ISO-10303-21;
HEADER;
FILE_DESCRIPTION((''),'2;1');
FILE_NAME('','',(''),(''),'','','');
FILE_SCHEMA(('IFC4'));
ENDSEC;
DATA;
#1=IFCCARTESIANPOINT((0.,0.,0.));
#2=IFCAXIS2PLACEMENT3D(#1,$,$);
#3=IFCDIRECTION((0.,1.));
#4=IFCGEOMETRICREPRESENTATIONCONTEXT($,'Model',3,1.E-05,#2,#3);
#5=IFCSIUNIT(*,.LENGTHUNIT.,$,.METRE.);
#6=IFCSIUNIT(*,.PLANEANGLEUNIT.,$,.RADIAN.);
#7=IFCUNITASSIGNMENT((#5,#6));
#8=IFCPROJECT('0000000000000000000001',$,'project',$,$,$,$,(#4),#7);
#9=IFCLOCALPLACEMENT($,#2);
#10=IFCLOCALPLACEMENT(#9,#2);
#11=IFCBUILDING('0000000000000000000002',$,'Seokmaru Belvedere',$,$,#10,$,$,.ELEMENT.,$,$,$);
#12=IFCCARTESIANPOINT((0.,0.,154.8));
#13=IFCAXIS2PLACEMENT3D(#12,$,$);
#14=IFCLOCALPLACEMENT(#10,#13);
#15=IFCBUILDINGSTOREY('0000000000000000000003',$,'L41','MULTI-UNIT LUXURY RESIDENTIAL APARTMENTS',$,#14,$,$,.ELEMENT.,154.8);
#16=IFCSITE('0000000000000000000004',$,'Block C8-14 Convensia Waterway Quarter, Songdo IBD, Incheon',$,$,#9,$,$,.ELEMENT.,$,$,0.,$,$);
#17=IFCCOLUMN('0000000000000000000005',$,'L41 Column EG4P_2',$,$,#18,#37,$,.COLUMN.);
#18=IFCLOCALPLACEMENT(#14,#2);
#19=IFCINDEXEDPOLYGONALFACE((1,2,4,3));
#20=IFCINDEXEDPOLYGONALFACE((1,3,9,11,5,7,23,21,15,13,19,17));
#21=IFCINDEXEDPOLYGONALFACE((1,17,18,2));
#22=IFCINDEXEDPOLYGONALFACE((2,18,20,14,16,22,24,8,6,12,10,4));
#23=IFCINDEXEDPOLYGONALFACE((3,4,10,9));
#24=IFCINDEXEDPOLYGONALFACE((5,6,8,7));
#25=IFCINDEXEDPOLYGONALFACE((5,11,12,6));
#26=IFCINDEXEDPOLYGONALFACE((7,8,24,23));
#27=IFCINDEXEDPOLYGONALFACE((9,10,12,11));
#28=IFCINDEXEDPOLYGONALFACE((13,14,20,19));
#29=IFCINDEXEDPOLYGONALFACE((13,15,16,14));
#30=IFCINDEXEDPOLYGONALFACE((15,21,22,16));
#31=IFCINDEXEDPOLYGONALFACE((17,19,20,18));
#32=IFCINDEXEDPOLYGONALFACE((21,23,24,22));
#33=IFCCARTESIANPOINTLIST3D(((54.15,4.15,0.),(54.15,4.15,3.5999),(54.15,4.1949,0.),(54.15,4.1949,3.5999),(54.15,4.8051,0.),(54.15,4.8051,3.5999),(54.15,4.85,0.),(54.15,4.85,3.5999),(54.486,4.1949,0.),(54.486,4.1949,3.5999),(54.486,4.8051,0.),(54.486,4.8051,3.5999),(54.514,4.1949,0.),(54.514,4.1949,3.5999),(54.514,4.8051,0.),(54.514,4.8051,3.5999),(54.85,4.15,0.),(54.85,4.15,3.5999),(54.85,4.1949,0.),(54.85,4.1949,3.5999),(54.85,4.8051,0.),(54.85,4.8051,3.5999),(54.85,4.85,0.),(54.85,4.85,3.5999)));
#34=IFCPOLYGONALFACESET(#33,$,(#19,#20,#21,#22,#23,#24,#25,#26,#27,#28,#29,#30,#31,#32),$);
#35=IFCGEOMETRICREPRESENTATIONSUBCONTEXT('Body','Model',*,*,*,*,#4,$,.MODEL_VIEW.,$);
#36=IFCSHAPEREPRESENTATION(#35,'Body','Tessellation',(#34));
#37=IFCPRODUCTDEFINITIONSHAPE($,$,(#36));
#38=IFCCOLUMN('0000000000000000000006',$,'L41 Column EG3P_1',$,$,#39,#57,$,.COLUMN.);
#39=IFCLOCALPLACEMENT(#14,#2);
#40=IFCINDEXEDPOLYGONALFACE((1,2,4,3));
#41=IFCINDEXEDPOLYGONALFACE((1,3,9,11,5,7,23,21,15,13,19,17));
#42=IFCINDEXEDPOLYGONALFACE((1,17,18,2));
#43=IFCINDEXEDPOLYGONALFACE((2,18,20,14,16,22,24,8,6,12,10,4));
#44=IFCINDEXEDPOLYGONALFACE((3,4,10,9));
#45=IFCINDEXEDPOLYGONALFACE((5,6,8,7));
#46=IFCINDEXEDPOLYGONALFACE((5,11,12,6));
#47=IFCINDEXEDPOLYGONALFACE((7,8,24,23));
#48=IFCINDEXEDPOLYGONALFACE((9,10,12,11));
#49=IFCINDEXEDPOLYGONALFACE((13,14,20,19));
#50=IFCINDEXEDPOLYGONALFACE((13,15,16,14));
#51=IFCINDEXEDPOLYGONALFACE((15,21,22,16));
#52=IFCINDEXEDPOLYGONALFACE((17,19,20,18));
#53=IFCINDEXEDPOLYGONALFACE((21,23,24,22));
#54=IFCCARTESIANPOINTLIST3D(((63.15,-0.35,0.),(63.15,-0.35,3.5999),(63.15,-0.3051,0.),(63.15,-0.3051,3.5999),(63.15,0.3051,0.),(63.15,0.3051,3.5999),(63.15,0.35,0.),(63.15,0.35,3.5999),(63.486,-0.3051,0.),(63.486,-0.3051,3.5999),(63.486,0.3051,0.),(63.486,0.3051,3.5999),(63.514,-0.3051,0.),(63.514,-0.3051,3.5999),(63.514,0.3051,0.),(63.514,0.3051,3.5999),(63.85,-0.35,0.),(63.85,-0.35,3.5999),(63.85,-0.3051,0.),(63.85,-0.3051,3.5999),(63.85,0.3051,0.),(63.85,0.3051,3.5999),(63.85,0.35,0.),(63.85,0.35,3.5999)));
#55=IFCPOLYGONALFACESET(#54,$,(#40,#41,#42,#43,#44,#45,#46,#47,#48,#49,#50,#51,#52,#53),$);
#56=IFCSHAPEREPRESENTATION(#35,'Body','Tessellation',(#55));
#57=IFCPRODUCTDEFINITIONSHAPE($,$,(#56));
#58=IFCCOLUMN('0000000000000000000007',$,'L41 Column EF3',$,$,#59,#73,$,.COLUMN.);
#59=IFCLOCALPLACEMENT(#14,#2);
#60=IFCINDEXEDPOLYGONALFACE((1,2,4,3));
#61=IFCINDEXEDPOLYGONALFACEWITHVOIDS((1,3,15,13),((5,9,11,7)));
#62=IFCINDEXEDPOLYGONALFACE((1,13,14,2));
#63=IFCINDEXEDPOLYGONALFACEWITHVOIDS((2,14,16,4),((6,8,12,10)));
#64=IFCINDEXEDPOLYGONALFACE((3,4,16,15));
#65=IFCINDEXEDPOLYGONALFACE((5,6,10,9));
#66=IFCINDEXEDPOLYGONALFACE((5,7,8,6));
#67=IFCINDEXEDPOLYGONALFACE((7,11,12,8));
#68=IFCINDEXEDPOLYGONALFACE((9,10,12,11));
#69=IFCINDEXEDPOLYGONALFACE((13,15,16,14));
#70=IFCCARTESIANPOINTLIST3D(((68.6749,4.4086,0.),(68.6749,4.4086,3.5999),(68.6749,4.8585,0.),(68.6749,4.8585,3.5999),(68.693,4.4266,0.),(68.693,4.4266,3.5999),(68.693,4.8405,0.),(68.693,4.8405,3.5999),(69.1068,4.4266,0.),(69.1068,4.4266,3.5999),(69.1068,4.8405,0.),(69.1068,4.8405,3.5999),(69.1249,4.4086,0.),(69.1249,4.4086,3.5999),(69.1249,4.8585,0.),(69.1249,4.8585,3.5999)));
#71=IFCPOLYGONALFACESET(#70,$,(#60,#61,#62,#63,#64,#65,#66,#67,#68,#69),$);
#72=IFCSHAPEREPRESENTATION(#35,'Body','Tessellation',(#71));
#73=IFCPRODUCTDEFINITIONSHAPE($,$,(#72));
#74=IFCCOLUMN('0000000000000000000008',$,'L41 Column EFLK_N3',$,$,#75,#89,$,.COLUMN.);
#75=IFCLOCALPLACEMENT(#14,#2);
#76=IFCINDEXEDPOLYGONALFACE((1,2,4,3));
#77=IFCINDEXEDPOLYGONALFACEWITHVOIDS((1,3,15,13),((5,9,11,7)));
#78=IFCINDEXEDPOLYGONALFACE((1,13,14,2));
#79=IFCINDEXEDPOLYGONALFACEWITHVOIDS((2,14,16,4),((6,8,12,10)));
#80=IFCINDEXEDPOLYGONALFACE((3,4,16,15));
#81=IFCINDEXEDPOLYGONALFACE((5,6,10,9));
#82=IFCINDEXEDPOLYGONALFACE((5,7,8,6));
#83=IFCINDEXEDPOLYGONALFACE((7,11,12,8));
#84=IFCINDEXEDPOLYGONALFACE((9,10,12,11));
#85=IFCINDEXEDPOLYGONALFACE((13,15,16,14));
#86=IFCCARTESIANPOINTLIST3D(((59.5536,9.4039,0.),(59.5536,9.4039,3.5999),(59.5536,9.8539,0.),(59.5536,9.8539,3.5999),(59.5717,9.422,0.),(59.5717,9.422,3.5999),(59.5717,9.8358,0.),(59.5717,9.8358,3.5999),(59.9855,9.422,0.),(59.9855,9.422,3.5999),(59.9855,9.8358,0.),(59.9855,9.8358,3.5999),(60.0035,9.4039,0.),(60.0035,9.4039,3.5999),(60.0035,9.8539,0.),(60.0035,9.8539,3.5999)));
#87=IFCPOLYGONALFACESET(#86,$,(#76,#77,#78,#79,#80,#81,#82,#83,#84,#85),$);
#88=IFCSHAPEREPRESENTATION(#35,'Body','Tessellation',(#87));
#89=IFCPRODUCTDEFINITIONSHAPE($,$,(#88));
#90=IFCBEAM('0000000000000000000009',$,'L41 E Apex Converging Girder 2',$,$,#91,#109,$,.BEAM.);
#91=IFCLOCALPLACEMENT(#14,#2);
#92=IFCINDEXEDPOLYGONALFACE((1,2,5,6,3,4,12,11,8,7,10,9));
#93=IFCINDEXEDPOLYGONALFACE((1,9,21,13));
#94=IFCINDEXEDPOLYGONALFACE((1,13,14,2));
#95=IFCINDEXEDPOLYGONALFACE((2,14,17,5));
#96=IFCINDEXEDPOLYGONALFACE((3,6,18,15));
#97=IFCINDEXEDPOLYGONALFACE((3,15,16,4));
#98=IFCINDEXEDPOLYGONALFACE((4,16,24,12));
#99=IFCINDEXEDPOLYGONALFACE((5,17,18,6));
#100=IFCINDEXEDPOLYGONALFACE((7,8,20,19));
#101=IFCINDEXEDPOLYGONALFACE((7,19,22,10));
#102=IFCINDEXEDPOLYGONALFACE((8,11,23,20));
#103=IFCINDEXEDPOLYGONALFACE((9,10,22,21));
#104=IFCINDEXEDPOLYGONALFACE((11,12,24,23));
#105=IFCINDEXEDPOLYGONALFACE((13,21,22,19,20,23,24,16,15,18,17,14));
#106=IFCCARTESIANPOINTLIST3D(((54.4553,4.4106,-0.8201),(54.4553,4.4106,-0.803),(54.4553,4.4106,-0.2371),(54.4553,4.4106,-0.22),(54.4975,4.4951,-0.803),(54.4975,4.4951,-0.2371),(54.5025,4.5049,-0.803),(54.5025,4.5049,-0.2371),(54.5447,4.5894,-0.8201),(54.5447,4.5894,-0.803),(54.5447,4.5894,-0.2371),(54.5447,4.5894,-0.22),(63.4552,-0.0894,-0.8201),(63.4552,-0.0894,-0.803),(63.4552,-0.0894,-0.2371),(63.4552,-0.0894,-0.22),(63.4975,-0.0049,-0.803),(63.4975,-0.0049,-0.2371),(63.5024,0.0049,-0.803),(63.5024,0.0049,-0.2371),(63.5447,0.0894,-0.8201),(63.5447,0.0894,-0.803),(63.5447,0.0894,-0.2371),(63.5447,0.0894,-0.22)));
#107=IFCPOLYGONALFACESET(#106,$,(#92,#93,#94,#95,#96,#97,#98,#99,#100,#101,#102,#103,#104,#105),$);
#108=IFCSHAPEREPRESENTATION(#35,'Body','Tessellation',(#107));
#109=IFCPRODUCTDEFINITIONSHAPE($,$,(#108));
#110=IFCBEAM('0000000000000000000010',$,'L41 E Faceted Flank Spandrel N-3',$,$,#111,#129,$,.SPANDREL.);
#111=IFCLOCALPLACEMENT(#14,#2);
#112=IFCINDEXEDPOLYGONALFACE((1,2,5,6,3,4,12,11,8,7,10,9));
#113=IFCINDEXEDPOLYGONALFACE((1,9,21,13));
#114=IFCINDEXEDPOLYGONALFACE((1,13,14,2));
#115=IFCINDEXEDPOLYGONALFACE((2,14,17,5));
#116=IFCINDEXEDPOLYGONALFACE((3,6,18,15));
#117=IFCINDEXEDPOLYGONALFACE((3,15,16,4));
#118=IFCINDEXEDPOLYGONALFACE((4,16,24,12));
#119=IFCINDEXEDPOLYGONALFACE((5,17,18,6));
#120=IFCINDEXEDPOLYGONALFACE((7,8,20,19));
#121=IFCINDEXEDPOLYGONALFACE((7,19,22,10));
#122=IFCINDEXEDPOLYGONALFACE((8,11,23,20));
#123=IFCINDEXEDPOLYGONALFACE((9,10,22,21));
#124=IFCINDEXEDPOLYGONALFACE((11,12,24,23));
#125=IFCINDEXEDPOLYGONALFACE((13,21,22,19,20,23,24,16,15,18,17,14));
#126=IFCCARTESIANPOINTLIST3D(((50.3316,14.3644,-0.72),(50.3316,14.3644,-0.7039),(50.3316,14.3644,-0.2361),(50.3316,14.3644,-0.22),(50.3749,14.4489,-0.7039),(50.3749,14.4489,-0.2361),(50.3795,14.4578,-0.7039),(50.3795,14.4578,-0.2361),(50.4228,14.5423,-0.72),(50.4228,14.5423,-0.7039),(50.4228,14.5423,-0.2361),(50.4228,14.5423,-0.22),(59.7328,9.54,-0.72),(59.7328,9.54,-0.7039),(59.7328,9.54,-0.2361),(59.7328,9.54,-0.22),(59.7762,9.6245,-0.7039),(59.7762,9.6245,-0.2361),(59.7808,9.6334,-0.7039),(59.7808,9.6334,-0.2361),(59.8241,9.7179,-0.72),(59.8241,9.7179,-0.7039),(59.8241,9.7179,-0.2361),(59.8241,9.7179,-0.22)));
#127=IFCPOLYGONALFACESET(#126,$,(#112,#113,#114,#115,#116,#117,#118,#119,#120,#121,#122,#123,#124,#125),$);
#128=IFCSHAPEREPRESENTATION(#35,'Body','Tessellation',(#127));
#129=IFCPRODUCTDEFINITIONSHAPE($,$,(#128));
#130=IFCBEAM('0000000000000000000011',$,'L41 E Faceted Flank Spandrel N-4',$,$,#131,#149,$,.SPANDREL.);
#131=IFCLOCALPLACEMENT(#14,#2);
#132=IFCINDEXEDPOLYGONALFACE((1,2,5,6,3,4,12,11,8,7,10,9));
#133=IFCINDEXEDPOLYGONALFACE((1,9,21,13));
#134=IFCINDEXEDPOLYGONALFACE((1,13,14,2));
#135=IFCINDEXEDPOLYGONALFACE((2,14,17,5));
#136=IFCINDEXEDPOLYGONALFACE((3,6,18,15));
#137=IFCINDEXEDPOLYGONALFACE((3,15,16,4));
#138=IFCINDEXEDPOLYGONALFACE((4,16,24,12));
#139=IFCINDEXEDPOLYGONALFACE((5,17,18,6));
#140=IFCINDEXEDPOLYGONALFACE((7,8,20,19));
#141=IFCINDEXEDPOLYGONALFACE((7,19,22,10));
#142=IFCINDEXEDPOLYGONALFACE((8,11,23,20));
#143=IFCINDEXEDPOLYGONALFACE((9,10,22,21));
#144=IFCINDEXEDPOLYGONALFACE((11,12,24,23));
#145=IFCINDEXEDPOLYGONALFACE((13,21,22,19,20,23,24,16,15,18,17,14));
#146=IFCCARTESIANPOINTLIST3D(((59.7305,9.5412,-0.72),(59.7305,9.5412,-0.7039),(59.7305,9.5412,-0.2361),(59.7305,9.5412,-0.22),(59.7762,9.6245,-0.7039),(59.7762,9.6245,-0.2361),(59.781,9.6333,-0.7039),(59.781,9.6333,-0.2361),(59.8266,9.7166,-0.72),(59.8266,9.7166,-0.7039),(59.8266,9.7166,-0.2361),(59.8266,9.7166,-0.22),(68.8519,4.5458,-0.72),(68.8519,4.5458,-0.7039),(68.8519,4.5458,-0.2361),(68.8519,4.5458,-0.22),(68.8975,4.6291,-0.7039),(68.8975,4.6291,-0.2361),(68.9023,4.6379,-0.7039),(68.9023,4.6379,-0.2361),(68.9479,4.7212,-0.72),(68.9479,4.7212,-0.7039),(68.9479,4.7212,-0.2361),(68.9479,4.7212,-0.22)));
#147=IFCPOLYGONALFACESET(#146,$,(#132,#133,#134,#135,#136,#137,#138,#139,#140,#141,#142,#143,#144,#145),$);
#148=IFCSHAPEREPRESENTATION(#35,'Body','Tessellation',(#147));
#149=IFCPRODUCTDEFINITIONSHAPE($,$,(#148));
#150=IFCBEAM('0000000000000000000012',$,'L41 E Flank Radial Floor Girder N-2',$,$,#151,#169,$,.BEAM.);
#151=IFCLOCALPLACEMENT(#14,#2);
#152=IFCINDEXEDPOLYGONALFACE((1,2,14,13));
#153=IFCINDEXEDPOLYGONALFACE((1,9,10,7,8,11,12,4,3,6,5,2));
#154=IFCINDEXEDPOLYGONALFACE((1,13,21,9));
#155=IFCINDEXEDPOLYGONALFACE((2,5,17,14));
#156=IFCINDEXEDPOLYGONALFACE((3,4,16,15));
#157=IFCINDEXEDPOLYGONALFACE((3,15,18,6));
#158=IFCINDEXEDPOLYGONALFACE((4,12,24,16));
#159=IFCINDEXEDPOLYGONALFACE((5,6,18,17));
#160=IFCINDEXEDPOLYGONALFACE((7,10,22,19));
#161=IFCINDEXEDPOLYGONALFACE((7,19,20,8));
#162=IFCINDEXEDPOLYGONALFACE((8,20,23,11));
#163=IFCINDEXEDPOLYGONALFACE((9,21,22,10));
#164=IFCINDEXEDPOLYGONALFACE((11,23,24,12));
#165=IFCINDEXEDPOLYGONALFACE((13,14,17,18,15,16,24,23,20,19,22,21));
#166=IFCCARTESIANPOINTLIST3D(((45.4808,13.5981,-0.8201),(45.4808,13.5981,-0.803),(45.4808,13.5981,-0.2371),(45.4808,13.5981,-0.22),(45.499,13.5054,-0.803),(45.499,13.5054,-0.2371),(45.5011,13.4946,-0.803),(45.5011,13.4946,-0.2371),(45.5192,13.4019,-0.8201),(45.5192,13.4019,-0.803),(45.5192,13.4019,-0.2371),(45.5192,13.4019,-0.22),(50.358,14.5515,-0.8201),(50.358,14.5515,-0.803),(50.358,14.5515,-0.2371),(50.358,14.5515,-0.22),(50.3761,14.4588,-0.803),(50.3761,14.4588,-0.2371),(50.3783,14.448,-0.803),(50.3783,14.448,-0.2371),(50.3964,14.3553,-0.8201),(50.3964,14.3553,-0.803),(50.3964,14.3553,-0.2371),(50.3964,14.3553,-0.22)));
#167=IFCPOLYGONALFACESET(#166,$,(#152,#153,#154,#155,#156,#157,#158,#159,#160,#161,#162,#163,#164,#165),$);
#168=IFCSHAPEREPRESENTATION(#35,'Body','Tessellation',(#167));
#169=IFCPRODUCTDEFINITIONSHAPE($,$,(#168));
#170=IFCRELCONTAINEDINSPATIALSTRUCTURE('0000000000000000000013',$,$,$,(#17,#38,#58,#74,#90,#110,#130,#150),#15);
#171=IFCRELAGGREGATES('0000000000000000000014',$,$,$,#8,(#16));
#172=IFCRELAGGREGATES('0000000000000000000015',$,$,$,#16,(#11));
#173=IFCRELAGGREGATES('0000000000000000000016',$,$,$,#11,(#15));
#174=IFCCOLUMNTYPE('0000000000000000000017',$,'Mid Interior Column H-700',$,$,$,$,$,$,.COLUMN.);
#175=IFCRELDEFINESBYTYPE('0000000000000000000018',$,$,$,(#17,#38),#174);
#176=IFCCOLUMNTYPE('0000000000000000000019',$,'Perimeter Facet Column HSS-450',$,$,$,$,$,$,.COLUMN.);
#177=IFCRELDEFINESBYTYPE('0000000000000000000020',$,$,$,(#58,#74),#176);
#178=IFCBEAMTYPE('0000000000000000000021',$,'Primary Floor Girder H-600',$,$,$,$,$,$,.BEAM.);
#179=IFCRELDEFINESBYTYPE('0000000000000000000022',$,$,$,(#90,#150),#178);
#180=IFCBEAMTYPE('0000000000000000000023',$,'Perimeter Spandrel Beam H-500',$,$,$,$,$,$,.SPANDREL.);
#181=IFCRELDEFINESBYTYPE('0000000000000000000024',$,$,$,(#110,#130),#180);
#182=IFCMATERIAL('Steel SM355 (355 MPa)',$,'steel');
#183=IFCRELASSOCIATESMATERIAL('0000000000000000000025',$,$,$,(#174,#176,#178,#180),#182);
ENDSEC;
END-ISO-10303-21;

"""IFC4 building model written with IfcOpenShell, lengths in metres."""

from ifc_helpers import new_model, si_unit, direction, frame, origin, origin_2d, place, context, subcontext, project, spatial, hollow_rectangle, i_section, extrude, source, transform, mapped, material, material_profile, profile_set, type_object, type_shapes, element, save


model = new_model("IFC4")

# Units and contexts
model_context = context("Model", 3, precision=1e-05, world=origin(), true_north=direction((0.0, 1.0)))
body_context = subcontext(model_context, "Body", "Model", "MODEL_VIEW")
ifc_project = project(units=[si_unit("LENGTHUNIT", "METRE"), si_unit("PLANEANGLEUNIT", "RADIAN")], contexts=[model_context])

# Site, building, storey
site_placement = place(None, origin())
site = spatial("IfcSite", under=ifc_project, at=site_placement, Name="Block C8-14 Convensia Waterway Quarter, Songdo IBD, Incheon", CompositionType="ELEMENT", RefElevation=0.0)
building_placement = place(site_placement, origin())
building = spatial("IfcBuilding", under=site, at=building_placement, Name="Seokmaru Belvedere", CompositionType="ELEMENT")
storey_placement = place(building_placement, frame((0.0, 0.0, 154.8)))
storey = spatial("IfcBuildingStorey", under=building, at=storey_placement, Name="L41", Description="MULTI-UNIT LUXURY RESIDENTIAL APARTMENTS", CompositionType="ELEMENT", Elevation=154.8)

# Columns
ifc_material_1 = material(Name="Steel SM355 (355 MPa)", Category="steel")
ifc_material_profile_1 = material_profile(ifc_material_1, i_section(OverallWidth=0.7, OverallDepth=0.7, WebThickness=0.0281, FlangeThickness=0.0449, at=origin_2d()), Name="H-700x700x28x45")
ifc_profile_set_1 = profile_set([ifc_material_profile_1], Name="Steel SM355 (355 MPa)")
column_type_1 = type_object("IfcColumnType", Name="Mid Interior Column H-700", PredefinedType="COLUMN", material=ifc_profile_set_1)
shared_shape_1 = source(origin(), body_context, "Body", "SweptSolid", [
    extrude(i_section(OverallWidth=0.7, OverallDepth=0.7, WebThickness=0.0281, FlangeThickness=0.0449, at=origin_2d()), origin(), (0.0, 0.0, 1.0), 3.5999),
])
type_shapes(column_type_1, [shared_shape_1])
for number, where, z_axis, x_axis, name in (
    (1, (54.5, 4.5, 0.0), (0.0, 0.0, 1.0), (1.0, 0.0, 0.0), "L41 Column EG4P_2"),
    (2, (63.5, 0.0, 0.0), (0.0, 0.0, 1.0), (1.0, 0.0, 0.0), "L41 Column EG3P_1"),
):
    element("IfcColumn", number, at=place(storey_placement, frame(where, z_axis=z_axis, x_axis=x_axis)), inside=storey, type_object=column_type_1, Name=name, PredefinedType="COLUMN", context=body_context, shape_type="MappedRepresentation", body=[
        mapped(shared_shape_1, transform((0.0, 0.0, 0.0), scale=1.0)),
    ])
ifc_material_profile_2 = material_profile(ifc_material_1, hollow_rectangle(XDim=0.45, YDim=0.45, WallThickness=0.0181, at=origin_2d()), Name="HSS-450x450x18")
ifc_profile_set_2 = profile_set([ifc_material_profile_2], Name="Steel SM355 (355 MPa)")
column_type_2 = type_object("IfcColumnType", Name="Perimeter Facet Column HSS-450", PredefinedType="COLUMN", material=ifc_profile_set_2)
shared_shape_2 = source(origin(), body_context, "Body", "SweptSolid", [
    extrude(hollow_rectangle(XDim=0.45, YDim=0.45, WallThickness=0.0181, at=origin_2d()), origin(), (0.0, 0.0, 1.0), 3.5999),
])
type_shapes(column_type_2, [shared_shape_2])
for number, where, z_axis, x_axis, name in (
    (3, (68.8999, 4.6335, 0.0), (0.0, 0.0, 1.0), (1.0, 0.0, 0.0), "L41 Column EF3"),
    (4, (59.7786, 9.6289, 0.0), (0.0, 0.0, 1.0), (1.0, 0.0, 0.0), "L41 Column EFLK_N3"),
):
    element("IfcColumn", number, at=place(storey_placement, frame(where, z_axis=z_axis, x_axis=x_axis)), inside=storey, type_object=column_type_2, Name=name, PredefinedType="COLUMN", context=body_context, shape_type="MappedRepresentation", body=[
        mapped(shared_shape_2, transform((0.0, 0.0, 0.0), scale=1.0)),
    ])

# Beams
ifc_material_profile_3 = material_profile(ifc_material_1, i_section(OverallWidth=0.2, OverallDepth=0.6001, WebThickness=0.011, FlangeThickness=0.0171, at=origin_2d()), Name="H-600x200x11x17")
ifc_profile_set_3 = profile_set([ifc_material_profile_3], Name="Steel SM355 (355 MPa)")
beam_type_1 = type_object("IfcBeamType", Name="Primary Floor Girder H-600", PredefinedType="BEAM", material=ifc_profile_set_3)
shared_shape_3 = source(origin(), body_context, "Body", "SweptSolid", [
    extrude(i_section(OverallWidth=0.2, OverallDepth=0.6001, WebThickness=0.011, FlangeThickness=0.0171, at=origin_2d()), origin(), (0.0, 0.0, 1.0), 10.0623),
])
beam_1_placement = place(storey_placement, frame((54.5, 4.5, -0.52), z_axis=(0.894427, -0.447214, 0.0), x_axis=(0.447214, 0.894427, 0.0)))
element("IfcBeam", 5, at=beam_1_placement, inside=storey, type_object=beam_type_1, Name="L41 E Apex Converging Girder 2", PredefinedType="BEAM", context=body_context, shape_type="MappedRepresentation", body=[
    mapped(shared_shape_3, transform((0.0, 0.0, 0.0), scale=1.0)),
])
ifc_material_profile_4 = material_profile(ifc_material_1, i_section(OverallWidth=0.2, OverallDepth=0.5, WebThickness=0.01, FlangeThickness=0.0161, at=origin_2d()), Name="H-500x200x10x16")
ifc_profile_set_4 = profile_set([ifc_material_profile_4], Name="Steel SM355 (355 MPa)")
beam_type_2 = type_object("IfcBeamType", Name="Perimeter Spandrel Beam H-500", PredefinedType="SPANDREL", material=ifc_profile_set_4)
shared_shape_4 = source(origin(), body_context, "Body", "SweptSolid", [
    extrude(i_section(OverallWidth=0.2, OverallDepth=0.5, WebThickness=0.01, FlangeThickness=0.0161, at=origin_2d()), origin(), (0.0, 0.0, 1.0), 10.5669),
])
beam_2_placement = place(storey_placement, frame((50.3772, 14.4534, -0.47), z_axis=(0.889693, -0.45656, 0.0), x_axis=(0.45656, 0.889693, 0.0)))
element("IfcBeam", 6, at=beam_2_placement, inside=storey, type_object=beam_type_2, Name="L41 E Faceted Flank Spandrel N-3", PredefinedType="SPANDREL", context=body_context, shape_type="MappedRepresentation", body=[
    mapped(shared_shape_4, transform((0.0, 0.0, 0.0), scale=1.0)),
])
shared_shape_5 = source(origin(), body_context, "Body", "SweptSolid", [
    extrude(i_section(OverallWidth=0.2, OverallDepth=0.5, WebThickness=0.01, FlangeThickness=0.0161, at=origin_2d()), origin(), (0.0, 0.0, 1.0), 10.3997),
])
type_shapes(beam_type_2, [shared_shape_4, shared_shape_5])
beam_3_placement = place(storey_placement, frame((59.7786, 9.6289, -0.47), z_axis=(0.877082, -0.48034, 0.0), x_axis=(0.48034, 0.877082, 0.0)))
element("IfcBeam", 7, at=beam_3_placement, inside=storey, type_object=beam_type_2, Name="L41 E Faceted Flank Spandrel N-4", PredefinedType="SPANDREL", context=body_context, shape_type="MappedRepresentation", body=[
    mapped(shared_shape_5, transform((0.0, 0.0, 0.0), scale=1.0)),
])
shared_shape_6 = source(origin(), body_context, "Body", "SweptSolid", [
    extrude(i_section(OverallWidth=0.2, OverallDepth=0.6001, WebThickness=0.011, FlangeThickness=0.0171, at=origin_2d()), origin(), (0.0, 0.0, 1.0), 4.9695),
])
beam_4_placement = place(storey_placement, frame((50.3772, 14.4534, -0.52), z_axis=(-0.981425, -0.191844, 0.0), x_axis=(0.191844, -0.981425, 0.0)))
element("IfcBeam", 8, at=beam_4_placement, inside=storey, type_object=beam_type_1, Name="L41 E Flank Radial Floor Girder N-2", PredefinedType="BEAM", context=body_context, shape_type="MappedRepresentation", body=[
    mapped(shared_shape_6, transform((0.0, 0.0, 0.0), scale=1.0)),
])

save(model, "model.ifc")
